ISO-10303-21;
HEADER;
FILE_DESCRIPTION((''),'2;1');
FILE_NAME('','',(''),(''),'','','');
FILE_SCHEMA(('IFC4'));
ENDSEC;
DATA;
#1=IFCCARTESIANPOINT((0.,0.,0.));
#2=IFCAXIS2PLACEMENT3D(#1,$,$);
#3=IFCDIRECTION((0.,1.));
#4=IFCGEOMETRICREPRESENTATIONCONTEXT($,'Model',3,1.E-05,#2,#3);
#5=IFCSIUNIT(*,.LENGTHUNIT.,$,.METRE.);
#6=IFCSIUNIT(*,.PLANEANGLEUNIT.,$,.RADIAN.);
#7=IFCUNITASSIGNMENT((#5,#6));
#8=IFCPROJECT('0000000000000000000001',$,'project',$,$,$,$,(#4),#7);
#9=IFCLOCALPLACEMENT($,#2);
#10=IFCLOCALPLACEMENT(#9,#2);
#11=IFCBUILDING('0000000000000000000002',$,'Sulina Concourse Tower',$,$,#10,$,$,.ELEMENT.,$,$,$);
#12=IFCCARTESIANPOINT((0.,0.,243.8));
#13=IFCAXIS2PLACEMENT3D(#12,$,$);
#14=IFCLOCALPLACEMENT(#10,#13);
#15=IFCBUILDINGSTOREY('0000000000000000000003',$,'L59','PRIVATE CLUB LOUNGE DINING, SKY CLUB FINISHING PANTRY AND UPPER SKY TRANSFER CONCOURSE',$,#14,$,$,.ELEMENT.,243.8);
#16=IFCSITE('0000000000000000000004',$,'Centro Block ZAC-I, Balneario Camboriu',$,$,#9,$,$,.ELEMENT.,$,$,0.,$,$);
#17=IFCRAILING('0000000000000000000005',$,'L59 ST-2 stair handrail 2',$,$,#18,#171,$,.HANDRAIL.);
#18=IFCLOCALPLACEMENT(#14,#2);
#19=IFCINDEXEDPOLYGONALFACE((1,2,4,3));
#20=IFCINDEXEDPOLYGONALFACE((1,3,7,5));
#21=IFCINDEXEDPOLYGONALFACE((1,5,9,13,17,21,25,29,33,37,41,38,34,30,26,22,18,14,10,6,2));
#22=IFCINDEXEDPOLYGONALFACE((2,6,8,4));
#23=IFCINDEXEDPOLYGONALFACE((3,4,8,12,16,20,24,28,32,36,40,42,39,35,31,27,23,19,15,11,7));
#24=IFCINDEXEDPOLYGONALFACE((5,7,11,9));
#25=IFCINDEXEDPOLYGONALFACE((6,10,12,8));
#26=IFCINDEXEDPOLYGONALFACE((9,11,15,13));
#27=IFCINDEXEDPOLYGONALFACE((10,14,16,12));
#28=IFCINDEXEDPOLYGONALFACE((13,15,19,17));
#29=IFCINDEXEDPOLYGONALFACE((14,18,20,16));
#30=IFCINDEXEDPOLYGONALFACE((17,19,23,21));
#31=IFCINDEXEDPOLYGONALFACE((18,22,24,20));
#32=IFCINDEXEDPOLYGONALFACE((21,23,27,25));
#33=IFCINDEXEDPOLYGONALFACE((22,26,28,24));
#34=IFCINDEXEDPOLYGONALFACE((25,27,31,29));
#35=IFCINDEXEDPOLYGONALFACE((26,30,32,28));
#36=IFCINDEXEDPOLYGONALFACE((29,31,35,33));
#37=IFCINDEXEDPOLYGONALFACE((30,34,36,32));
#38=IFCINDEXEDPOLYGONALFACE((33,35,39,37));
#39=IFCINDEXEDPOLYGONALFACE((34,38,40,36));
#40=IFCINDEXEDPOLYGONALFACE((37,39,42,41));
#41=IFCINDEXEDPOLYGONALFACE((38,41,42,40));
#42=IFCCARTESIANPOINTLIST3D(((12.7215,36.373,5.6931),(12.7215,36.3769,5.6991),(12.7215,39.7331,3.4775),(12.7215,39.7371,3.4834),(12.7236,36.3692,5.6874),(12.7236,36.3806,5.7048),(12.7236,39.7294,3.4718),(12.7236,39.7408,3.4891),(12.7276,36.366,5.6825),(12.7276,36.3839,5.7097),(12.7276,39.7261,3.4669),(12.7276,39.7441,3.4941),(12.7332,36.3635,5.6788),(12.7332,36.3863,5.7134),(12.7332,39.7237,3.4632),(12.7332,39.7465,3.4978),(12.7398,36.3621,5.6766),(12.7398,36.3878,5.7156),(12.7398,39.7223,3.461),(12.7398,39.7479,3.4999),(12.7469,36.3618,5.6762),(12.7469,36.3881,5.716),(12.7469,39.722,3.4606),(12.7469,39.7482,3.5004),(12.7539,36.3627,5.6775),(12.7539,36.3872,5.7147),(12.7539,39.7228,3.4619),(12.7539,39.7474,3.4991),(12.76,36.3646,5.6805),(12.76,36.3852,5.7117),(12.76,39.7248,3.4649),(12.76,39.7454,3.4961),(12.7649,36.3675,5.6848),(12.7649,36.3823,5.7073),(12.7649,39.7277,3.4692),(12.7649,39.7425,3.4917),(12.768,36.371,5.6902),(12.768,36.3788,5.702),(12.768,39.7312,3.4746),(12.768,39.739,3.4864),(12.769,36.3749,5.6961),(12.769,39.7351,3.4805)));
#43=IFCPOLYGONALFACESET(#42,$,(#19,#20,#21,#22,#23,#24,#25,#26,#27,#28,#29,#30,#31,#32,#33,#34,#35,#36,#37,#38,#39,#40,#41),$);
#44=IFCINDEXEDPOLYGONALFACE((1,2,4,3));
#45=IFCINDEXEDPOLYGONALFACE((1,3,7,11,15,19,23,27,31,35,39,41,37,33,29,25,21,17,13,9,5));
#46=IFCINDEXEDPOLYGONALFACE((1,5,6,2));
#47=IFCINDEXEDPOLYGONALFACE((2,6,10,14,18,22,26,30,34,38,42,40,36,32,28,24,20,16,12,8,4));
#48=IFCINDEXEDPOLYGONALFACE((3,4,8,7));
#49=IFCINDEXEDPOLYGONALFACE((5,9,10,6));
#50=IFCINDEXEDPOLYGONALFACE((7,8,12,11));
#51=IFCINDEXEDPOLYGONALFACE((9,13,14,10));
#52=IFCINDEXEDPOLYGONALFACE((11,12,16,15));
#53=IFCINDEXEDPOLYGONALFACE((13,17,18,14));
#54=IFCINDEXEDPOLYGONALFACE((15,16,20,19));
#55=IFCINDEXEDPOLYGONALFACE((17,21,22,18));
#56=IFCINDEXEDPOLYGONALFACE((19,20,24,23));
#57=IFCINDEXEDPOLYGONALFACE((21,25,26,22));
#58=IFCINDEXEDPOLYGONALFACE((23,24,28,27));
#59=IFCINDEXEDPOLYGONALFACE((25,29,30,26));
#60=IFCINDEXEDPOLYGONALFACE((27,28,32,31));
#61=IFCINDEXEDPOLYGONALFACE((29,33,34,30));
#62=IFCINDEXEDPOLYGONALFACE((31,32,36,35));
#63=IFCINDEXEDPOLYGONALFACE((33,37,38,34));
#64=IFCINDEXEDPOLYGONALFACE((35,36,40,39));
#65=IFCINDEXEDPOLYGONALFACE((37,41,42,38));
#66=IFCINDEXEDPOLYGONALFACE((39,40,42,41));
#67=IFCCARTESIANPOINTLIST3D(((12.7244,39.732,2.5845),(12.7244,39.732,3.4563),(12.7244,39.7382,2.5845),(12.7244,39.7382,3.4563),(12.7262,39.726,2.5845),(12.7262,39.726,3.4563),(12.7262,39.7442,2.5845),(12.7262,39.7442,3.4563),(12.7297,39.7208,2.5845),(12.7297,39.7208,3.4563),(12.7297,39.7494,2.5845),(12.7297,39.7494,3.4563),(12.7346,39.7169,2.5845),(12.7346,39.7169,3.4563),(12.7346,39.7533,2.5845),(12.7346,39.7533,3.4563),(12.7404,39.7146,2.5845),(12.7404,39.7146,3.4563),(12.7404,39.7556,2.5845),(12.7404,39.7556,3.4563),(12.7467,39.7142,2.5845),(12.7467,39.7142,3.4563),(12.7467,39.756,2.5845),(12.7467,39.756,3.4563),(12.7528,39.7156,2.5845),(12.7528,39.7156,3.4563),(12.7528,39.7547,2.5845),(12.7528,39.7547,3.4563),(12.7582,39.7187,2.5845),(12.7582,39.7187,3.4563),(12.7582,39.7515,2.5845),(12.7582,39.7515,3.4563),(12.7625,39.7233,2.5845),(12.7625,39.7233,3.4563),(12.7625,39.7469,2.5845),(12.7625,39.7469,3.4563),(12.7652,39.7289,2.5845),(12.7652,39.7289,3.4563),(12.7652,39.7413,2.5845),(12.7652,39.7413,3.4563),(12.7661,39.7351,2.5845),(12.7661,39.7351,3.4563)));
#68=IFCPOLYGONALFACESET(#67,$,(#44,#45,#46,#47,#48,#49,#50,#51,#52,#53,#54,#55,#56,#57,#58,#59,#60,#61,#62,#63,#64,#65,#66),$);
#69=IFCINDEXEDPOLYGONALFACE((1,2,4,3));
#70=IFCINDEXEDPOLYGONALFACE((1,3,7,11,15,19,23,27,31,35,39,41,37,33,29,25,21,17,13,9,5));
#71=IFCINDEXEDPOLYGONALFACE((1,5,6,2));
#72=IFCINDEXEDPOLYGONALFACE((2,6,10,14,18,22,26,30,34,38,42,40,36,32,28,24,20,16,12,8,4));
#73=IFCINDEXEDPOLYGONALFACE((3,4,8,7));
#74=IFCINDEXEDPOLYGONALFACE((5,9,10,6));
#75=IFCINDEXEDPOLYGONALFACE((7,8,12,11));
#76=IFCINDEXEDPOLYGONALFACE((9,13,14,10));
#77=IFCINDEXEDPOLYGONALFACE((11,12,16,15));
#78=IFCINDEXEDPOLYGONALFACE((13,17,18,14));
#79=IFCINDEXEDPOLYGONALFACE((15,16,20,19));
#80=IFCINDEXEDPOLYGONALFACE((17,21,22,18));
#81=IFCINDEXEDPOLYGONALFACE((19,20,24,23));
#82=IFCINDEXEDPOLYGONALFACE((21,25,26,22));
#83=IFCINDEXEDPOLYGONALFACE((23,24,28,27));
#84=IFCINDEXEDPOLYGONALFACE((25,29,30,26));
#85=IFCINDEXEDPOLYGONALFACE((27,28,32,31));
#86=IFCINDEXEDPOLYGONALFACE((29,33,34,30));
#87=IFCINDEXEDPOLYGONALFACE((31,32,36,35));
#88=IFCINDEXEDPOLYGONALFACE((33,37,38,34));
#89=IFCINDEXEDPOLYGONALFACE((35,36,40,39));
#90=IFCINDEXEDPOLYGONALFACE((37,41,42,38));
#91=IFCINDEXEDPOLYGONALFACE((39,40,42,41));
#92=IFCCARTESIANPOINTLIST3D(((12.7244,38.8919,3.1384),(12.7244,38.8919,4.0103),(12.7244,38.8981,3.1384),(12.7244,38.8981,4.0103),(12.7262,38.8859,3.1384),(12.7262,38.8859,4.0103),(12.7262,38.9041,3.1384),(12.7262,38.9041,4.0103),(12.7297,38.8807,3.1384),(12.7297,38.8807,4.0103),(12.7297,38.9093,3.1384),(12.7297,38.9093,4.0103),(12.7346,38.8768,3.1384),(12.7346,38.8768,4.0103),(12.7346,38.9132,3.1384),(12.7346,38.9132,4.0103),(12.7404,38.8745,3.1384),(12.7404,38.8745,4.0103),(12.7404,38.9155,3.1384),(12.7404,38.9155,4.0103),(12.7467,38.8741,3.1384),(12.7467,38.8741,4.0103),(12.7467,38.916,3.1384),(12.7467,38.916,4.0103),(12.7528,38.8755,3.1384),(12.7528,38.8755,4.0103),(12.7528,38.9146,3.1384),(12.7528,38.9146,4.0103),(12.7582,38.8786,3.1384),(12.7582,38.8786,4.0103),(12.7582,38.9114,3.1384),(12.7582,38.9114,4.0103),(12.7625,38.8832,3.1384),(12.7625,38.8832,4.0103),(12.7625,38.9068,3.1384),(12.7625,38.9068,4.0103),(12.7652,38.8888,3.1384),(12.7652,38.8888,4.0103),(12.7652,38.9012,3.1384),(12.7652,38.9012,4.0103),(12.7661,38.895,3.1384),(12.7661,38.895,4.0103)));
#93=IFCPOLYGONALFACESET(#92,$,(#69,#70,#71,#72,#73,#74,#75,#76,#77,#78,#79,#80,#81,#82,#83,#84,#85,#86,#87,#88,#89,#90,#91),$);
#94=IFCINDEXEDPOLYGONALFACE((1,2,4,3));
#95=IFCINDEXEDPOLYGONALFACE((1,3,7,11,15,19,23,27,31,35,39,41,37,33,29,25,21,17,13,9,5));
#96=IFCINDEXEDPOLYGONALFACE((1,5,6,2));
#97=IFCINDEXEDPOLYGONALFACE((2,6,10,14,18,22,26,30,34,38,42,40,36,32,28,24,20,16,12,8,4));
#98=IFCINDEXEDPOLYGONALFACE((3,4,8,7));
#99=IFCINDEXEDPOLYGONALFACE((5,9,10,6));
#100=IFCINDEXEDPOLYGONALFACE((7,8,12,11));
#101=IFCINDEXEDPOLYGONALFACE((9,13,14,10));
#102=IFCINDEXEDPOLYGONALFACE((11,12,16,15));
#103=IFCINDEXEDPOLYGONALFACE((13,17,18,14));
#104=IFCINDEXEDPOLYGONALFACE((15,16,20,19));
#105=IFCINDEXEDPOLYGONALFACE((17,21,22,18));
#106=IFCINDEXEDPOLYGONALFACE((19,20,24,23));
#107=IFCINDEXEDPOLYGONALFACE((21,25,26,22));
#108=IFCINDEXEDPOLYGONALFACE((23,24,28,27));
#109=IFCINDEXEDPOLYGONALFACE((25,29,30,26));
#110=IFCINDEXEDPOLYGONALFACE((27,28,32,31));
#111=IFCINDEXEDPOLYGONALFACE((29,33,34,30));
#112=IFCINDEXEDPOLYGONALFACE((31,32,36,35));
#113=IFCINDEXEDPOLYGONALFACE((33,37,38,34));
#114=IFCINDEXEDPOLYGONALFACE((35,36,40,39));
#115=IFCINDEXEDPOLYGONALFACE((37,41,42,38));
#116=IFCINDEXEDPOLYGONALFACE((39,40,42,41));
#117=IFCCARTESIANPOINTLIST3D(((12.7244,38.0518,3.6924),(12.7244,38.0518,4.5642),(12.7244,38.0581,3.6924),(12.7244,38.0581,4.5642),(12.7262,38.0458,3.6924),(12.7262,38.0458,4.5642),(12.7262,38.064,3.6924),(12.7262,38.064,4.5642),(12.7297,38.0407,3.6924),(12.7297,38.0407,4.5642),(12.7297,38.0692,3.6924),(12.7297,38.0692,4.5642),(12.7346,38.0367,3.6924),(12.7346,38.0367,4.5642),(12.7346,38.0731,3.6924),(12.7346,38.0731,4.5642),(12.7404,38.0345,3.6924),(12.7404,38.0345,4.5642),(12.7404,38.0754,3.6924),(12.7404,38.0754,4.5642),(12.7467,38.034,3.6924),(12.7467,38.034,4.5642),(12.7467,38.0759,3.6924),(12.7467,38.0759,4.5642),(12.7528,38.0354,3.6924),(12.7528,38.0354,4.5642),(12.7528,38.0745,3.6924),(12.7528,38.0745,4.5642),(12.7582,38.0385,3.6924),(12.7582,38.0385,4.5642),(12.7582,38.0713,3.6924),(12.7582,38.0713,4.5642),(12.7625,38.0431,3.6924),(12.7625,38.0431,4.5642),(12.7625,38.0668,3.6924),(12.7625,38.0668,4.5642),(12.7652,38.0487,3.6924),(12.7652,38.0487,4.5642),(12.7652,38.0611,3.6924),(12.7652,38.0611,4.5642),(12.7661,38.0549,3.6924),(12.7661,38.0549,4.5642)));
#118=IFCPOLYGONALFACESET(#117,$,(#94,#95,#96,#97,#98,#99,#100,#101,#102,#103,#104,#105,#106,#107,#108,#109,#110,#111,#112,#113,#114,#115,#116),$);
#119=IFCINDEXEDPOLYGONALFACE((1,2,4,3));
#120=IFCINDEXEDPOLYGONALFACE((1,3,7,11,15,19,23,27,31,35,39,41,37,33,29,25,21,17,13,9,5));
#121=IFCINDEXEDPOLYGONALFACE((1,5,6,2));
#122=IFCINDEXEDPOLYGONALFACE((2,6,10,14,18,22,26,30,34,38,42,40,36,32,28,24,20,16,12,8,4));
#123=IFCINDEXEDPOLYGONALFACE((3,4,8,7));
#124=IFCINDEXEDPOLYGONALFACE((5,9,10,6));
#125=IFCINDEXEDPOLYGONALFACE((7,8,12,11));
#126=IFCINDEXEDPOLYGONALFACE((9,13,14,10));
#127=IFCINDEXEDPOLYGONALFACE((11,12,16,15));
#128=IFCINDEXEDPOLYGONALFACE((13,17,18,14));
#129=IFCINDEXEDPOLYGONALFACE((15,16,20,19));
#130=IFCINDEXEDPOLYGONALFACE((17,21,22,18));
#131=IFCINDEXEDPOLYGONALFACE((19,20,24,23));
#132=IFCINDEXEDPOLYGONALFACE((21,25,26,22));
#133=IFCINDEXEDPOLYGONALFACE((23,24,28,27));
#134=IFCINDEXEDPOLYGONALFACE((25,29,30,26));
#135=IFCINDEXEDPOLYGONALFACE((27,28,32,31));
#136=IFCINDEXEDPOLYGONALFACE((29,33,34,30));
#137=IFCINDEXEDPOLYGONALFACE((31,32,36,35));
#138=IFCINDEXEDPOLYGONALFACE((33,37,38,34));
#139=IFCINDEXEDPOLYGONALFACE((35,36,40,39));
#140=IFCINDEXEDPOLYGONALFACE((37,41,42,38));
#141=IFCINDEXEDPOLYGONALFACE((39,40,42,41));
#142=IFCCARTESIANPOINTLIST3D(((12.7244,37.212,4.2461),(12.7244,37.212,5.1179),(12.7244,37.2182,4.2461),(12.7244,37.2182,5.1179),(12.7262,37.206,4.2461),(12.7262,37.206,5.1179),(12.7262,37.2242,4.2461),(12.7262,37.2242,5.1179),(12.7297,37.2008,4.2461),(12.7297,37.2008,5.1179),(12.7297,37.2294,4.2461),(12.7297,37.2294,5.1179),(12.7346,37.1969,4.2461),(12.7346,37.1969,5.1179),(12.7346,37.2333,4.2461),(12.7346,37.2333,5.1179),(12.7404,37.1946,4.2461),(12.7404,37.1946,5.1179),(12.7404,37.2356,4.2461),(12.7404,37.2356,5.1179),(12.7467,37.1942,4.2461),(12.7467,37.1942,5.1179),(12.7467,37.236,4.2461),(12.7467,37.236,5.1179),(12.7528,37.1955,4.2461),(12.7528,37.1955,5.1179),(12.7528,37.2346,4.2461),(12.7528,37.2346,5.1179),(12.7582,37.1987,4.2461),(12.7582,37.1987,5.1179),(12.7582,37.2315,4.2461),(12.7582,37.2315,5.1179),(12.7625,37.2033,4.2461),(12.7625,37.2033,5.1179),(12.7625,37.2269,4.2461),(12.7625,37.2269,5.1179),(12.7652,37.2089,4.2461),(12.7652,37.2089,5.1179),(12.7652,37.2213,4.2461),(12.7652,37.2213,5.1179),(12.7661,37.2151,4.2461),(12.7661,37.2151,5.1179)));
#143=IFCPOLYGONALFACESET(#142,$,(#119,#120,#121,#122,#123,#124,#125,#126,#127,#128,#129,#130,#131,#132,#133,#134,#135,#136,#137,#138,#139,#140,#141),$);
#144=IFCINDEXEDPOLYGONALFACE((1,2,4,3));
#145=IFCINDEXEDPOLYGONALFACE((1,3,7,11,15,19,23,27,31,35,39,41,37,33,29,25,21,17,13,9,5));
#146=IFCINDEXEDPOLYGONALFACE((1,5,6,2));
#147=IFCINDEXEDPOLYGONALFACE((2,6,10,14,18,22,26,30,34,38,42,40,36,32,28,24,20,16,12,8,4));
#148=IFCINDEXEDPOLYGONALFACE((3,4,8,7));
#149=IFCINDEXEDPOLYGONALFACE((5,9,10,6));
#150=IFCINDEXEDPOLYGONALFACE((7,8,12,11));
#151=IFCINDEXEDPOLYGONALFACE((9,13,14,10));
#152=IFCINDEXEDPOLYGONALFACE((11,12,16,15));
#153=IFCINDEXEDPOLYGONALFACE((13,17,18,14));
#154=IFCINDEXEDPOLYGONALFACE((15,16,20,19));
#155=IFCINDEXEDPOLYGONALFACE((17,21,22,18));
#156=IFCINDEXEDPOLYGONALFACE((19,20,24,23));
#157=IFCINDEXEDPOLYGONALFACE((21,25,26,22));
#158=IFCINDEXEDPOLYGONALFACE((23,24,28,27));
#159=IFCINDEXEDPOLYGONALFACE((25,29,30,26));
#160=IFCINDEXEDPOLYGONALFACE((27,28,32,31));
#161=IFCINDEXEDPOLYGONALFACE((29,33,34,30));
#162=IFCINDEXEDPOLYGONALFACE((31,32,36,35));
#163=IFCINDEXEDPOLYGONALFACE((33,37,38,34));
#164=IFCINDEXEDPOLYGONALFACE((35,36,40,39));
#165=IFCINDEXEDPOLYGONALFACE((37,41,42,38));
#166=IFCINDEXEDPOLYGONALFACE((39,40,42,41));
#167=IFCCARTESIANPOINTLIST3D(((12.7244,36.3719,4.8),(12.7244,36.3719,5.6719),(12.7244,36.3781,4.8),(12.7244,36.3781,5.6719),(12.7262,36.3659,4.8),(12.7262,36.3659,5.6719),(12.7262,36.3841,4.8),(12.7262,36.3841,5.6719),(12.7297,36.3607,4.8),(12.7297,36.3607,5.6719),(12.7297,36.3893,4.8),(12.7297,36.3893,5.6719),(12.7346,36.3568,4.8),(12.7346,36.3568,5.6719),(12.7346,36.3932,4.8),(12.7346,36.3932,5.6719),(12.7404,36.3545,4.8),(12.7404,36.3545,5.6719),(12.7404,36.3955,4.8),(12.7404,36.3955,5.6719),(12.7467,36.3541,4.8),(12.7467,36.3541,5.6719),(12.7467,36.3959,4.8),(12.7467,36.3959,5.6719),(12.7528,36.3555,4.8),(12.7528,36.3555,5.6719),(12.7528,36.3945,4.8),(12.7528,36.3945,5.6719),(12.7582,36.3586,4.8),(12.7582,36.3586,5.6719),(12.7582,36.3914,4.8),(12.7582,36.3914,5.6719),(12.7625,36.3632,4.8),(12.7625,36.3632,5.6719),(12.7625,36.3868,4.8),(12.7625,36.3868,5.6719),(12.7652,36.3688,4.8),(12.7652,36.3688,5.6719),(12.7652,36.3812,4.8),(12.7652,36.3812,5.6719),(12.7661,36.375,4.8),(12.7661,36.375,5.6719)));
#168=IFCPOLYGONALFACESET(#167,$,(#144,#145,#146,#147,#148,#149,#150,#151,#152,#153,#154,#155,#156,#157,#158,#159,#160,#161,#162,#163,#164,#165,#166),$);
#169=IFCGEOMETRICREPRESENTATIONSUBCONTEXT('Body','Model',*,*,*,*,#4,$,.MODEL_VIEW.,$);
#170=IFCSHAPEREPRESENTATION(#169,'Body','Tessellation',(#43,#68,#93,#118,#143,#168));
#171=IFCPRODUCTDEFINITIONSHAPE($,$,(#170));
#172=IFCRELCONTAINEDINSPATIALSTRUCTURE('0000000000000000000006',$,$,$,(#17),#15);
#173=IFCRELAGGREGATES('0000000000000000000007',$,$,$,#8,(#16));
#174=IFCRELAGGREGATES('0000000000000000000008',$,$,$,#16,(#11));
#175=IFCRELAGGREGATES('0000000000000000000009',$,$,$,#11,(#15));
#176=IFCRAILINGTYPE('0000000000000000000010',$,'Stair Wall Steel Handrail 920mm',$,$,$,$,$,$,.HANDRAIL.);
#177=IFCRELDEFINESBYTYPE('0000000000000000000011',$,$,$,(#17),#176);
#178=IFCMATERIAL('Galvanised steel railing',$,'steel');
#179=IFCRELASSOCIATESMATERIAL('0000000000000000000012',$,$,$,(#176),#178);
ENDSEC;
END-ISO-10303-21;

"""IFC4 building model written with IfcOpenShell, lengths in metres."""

from ifc_helpers import new_model, si_unit, direction, frame, origin, origin_2d, place, context, subcontext, project, spatial, circle, extrude, material, type_object, element, save


model = new_model("IFC4")

# Units and contexts
model_context = context("Model", 3, precision=1e-05, world=origin(), true_north=direction((0.0, 1.0)))
body_context = subcontext(model_context, "Body", "Model", "MODEL_VIEW")
ifc_project = project(units=[si_unit("LENGTHUNIT", "METRE"), si_unit("PLANEANGLEUNIT", "RADIAN")], contexts=[model_context])

# Site, building, storey
site_placement = place(None, origin())
site = spatial("IfcSite", under=ifc_project, at=site_placement, Name="Centro Block ZAC-I, Balneario Camboriu", CompositionType="ELEMENT", RefElevation=0.0)
building_placement = place(site_placement, origin())
building = spatial("IfcBuilding", under=site, at=building_placement, Name="Sulina Concourse Tower", CompositionType="ELEMENT")
storey_placement = place(building_placement, frame((0.0, 0.0, 243.8)))
storey = spatial("IfcBuildingStorey", under=building, at=storey_placement, Name="L59", Description="PRIVATE CLUB LOUNGE DINING, SKY CLUB FINISHING PANTRY AND UPPER SKY TRANSFER CONCOURSE", CompositionType="ELEMENT", Elevation=243.8)

# Railing
ifc_material_1 = material(Name="Galvanised steel railing", Category="steel")
railing_type_1 = type_object("IfcRailingType", Name="Stair Wall Steel Handrail 920mm", PredefinedType="HANDRAIL", material=ifc_material_1)
railing_1_placement = place(storey_placement, frame((12.7451, 39.7351, 2.5845)))
element("IfcRailing", 1, at=railing_1_placement, inside=storey, type_object=railing_type_1, Name="L59 ST-2 stair handrail 2", PredefinedType="HANDRAIL", context=body_context, shape_type="SweptSolid", body=[
    extrude(circle(Radius=0.0239, at=origin_2d()), frame((0.0, 0.0, 0.896), z_axis=(0.0, -0.834849, 0.55048), x_axis=(1.0, 0.0, 0.0)), (0.0, 0.0, 1.0), 4.0249),
    extrude(circle(Radius=0.021, at=origin_2d()), origin(), (0.0, 0.0, 1.0), 0.8718),
    extrude(circle(Radius=0.021, at=origin_2d()), frame((0.0, -0.8401, 0.554)), (0.0, 0.0, 1.0), 0.8718),
    extrude(circle(Radius=0.021, at=origin_2d()), frame((0.0, -1.6802, 1.1079)), (0.0, 0.0, 1.0), 0.8718),
    extrude(circle(Radius=0.021, at=origin_2d()), frame((0.0, -2.52, 1.6616)), (0.0, 0.0, 1.0), 0.8718),
    extrude(circle(Radius=0.021, at=origin_2d()), frame((0.0, -3.3601, 2.2156)), (0.0, 0.0, 1.0), 0.8718),
])

save(model, "model.ifc")
